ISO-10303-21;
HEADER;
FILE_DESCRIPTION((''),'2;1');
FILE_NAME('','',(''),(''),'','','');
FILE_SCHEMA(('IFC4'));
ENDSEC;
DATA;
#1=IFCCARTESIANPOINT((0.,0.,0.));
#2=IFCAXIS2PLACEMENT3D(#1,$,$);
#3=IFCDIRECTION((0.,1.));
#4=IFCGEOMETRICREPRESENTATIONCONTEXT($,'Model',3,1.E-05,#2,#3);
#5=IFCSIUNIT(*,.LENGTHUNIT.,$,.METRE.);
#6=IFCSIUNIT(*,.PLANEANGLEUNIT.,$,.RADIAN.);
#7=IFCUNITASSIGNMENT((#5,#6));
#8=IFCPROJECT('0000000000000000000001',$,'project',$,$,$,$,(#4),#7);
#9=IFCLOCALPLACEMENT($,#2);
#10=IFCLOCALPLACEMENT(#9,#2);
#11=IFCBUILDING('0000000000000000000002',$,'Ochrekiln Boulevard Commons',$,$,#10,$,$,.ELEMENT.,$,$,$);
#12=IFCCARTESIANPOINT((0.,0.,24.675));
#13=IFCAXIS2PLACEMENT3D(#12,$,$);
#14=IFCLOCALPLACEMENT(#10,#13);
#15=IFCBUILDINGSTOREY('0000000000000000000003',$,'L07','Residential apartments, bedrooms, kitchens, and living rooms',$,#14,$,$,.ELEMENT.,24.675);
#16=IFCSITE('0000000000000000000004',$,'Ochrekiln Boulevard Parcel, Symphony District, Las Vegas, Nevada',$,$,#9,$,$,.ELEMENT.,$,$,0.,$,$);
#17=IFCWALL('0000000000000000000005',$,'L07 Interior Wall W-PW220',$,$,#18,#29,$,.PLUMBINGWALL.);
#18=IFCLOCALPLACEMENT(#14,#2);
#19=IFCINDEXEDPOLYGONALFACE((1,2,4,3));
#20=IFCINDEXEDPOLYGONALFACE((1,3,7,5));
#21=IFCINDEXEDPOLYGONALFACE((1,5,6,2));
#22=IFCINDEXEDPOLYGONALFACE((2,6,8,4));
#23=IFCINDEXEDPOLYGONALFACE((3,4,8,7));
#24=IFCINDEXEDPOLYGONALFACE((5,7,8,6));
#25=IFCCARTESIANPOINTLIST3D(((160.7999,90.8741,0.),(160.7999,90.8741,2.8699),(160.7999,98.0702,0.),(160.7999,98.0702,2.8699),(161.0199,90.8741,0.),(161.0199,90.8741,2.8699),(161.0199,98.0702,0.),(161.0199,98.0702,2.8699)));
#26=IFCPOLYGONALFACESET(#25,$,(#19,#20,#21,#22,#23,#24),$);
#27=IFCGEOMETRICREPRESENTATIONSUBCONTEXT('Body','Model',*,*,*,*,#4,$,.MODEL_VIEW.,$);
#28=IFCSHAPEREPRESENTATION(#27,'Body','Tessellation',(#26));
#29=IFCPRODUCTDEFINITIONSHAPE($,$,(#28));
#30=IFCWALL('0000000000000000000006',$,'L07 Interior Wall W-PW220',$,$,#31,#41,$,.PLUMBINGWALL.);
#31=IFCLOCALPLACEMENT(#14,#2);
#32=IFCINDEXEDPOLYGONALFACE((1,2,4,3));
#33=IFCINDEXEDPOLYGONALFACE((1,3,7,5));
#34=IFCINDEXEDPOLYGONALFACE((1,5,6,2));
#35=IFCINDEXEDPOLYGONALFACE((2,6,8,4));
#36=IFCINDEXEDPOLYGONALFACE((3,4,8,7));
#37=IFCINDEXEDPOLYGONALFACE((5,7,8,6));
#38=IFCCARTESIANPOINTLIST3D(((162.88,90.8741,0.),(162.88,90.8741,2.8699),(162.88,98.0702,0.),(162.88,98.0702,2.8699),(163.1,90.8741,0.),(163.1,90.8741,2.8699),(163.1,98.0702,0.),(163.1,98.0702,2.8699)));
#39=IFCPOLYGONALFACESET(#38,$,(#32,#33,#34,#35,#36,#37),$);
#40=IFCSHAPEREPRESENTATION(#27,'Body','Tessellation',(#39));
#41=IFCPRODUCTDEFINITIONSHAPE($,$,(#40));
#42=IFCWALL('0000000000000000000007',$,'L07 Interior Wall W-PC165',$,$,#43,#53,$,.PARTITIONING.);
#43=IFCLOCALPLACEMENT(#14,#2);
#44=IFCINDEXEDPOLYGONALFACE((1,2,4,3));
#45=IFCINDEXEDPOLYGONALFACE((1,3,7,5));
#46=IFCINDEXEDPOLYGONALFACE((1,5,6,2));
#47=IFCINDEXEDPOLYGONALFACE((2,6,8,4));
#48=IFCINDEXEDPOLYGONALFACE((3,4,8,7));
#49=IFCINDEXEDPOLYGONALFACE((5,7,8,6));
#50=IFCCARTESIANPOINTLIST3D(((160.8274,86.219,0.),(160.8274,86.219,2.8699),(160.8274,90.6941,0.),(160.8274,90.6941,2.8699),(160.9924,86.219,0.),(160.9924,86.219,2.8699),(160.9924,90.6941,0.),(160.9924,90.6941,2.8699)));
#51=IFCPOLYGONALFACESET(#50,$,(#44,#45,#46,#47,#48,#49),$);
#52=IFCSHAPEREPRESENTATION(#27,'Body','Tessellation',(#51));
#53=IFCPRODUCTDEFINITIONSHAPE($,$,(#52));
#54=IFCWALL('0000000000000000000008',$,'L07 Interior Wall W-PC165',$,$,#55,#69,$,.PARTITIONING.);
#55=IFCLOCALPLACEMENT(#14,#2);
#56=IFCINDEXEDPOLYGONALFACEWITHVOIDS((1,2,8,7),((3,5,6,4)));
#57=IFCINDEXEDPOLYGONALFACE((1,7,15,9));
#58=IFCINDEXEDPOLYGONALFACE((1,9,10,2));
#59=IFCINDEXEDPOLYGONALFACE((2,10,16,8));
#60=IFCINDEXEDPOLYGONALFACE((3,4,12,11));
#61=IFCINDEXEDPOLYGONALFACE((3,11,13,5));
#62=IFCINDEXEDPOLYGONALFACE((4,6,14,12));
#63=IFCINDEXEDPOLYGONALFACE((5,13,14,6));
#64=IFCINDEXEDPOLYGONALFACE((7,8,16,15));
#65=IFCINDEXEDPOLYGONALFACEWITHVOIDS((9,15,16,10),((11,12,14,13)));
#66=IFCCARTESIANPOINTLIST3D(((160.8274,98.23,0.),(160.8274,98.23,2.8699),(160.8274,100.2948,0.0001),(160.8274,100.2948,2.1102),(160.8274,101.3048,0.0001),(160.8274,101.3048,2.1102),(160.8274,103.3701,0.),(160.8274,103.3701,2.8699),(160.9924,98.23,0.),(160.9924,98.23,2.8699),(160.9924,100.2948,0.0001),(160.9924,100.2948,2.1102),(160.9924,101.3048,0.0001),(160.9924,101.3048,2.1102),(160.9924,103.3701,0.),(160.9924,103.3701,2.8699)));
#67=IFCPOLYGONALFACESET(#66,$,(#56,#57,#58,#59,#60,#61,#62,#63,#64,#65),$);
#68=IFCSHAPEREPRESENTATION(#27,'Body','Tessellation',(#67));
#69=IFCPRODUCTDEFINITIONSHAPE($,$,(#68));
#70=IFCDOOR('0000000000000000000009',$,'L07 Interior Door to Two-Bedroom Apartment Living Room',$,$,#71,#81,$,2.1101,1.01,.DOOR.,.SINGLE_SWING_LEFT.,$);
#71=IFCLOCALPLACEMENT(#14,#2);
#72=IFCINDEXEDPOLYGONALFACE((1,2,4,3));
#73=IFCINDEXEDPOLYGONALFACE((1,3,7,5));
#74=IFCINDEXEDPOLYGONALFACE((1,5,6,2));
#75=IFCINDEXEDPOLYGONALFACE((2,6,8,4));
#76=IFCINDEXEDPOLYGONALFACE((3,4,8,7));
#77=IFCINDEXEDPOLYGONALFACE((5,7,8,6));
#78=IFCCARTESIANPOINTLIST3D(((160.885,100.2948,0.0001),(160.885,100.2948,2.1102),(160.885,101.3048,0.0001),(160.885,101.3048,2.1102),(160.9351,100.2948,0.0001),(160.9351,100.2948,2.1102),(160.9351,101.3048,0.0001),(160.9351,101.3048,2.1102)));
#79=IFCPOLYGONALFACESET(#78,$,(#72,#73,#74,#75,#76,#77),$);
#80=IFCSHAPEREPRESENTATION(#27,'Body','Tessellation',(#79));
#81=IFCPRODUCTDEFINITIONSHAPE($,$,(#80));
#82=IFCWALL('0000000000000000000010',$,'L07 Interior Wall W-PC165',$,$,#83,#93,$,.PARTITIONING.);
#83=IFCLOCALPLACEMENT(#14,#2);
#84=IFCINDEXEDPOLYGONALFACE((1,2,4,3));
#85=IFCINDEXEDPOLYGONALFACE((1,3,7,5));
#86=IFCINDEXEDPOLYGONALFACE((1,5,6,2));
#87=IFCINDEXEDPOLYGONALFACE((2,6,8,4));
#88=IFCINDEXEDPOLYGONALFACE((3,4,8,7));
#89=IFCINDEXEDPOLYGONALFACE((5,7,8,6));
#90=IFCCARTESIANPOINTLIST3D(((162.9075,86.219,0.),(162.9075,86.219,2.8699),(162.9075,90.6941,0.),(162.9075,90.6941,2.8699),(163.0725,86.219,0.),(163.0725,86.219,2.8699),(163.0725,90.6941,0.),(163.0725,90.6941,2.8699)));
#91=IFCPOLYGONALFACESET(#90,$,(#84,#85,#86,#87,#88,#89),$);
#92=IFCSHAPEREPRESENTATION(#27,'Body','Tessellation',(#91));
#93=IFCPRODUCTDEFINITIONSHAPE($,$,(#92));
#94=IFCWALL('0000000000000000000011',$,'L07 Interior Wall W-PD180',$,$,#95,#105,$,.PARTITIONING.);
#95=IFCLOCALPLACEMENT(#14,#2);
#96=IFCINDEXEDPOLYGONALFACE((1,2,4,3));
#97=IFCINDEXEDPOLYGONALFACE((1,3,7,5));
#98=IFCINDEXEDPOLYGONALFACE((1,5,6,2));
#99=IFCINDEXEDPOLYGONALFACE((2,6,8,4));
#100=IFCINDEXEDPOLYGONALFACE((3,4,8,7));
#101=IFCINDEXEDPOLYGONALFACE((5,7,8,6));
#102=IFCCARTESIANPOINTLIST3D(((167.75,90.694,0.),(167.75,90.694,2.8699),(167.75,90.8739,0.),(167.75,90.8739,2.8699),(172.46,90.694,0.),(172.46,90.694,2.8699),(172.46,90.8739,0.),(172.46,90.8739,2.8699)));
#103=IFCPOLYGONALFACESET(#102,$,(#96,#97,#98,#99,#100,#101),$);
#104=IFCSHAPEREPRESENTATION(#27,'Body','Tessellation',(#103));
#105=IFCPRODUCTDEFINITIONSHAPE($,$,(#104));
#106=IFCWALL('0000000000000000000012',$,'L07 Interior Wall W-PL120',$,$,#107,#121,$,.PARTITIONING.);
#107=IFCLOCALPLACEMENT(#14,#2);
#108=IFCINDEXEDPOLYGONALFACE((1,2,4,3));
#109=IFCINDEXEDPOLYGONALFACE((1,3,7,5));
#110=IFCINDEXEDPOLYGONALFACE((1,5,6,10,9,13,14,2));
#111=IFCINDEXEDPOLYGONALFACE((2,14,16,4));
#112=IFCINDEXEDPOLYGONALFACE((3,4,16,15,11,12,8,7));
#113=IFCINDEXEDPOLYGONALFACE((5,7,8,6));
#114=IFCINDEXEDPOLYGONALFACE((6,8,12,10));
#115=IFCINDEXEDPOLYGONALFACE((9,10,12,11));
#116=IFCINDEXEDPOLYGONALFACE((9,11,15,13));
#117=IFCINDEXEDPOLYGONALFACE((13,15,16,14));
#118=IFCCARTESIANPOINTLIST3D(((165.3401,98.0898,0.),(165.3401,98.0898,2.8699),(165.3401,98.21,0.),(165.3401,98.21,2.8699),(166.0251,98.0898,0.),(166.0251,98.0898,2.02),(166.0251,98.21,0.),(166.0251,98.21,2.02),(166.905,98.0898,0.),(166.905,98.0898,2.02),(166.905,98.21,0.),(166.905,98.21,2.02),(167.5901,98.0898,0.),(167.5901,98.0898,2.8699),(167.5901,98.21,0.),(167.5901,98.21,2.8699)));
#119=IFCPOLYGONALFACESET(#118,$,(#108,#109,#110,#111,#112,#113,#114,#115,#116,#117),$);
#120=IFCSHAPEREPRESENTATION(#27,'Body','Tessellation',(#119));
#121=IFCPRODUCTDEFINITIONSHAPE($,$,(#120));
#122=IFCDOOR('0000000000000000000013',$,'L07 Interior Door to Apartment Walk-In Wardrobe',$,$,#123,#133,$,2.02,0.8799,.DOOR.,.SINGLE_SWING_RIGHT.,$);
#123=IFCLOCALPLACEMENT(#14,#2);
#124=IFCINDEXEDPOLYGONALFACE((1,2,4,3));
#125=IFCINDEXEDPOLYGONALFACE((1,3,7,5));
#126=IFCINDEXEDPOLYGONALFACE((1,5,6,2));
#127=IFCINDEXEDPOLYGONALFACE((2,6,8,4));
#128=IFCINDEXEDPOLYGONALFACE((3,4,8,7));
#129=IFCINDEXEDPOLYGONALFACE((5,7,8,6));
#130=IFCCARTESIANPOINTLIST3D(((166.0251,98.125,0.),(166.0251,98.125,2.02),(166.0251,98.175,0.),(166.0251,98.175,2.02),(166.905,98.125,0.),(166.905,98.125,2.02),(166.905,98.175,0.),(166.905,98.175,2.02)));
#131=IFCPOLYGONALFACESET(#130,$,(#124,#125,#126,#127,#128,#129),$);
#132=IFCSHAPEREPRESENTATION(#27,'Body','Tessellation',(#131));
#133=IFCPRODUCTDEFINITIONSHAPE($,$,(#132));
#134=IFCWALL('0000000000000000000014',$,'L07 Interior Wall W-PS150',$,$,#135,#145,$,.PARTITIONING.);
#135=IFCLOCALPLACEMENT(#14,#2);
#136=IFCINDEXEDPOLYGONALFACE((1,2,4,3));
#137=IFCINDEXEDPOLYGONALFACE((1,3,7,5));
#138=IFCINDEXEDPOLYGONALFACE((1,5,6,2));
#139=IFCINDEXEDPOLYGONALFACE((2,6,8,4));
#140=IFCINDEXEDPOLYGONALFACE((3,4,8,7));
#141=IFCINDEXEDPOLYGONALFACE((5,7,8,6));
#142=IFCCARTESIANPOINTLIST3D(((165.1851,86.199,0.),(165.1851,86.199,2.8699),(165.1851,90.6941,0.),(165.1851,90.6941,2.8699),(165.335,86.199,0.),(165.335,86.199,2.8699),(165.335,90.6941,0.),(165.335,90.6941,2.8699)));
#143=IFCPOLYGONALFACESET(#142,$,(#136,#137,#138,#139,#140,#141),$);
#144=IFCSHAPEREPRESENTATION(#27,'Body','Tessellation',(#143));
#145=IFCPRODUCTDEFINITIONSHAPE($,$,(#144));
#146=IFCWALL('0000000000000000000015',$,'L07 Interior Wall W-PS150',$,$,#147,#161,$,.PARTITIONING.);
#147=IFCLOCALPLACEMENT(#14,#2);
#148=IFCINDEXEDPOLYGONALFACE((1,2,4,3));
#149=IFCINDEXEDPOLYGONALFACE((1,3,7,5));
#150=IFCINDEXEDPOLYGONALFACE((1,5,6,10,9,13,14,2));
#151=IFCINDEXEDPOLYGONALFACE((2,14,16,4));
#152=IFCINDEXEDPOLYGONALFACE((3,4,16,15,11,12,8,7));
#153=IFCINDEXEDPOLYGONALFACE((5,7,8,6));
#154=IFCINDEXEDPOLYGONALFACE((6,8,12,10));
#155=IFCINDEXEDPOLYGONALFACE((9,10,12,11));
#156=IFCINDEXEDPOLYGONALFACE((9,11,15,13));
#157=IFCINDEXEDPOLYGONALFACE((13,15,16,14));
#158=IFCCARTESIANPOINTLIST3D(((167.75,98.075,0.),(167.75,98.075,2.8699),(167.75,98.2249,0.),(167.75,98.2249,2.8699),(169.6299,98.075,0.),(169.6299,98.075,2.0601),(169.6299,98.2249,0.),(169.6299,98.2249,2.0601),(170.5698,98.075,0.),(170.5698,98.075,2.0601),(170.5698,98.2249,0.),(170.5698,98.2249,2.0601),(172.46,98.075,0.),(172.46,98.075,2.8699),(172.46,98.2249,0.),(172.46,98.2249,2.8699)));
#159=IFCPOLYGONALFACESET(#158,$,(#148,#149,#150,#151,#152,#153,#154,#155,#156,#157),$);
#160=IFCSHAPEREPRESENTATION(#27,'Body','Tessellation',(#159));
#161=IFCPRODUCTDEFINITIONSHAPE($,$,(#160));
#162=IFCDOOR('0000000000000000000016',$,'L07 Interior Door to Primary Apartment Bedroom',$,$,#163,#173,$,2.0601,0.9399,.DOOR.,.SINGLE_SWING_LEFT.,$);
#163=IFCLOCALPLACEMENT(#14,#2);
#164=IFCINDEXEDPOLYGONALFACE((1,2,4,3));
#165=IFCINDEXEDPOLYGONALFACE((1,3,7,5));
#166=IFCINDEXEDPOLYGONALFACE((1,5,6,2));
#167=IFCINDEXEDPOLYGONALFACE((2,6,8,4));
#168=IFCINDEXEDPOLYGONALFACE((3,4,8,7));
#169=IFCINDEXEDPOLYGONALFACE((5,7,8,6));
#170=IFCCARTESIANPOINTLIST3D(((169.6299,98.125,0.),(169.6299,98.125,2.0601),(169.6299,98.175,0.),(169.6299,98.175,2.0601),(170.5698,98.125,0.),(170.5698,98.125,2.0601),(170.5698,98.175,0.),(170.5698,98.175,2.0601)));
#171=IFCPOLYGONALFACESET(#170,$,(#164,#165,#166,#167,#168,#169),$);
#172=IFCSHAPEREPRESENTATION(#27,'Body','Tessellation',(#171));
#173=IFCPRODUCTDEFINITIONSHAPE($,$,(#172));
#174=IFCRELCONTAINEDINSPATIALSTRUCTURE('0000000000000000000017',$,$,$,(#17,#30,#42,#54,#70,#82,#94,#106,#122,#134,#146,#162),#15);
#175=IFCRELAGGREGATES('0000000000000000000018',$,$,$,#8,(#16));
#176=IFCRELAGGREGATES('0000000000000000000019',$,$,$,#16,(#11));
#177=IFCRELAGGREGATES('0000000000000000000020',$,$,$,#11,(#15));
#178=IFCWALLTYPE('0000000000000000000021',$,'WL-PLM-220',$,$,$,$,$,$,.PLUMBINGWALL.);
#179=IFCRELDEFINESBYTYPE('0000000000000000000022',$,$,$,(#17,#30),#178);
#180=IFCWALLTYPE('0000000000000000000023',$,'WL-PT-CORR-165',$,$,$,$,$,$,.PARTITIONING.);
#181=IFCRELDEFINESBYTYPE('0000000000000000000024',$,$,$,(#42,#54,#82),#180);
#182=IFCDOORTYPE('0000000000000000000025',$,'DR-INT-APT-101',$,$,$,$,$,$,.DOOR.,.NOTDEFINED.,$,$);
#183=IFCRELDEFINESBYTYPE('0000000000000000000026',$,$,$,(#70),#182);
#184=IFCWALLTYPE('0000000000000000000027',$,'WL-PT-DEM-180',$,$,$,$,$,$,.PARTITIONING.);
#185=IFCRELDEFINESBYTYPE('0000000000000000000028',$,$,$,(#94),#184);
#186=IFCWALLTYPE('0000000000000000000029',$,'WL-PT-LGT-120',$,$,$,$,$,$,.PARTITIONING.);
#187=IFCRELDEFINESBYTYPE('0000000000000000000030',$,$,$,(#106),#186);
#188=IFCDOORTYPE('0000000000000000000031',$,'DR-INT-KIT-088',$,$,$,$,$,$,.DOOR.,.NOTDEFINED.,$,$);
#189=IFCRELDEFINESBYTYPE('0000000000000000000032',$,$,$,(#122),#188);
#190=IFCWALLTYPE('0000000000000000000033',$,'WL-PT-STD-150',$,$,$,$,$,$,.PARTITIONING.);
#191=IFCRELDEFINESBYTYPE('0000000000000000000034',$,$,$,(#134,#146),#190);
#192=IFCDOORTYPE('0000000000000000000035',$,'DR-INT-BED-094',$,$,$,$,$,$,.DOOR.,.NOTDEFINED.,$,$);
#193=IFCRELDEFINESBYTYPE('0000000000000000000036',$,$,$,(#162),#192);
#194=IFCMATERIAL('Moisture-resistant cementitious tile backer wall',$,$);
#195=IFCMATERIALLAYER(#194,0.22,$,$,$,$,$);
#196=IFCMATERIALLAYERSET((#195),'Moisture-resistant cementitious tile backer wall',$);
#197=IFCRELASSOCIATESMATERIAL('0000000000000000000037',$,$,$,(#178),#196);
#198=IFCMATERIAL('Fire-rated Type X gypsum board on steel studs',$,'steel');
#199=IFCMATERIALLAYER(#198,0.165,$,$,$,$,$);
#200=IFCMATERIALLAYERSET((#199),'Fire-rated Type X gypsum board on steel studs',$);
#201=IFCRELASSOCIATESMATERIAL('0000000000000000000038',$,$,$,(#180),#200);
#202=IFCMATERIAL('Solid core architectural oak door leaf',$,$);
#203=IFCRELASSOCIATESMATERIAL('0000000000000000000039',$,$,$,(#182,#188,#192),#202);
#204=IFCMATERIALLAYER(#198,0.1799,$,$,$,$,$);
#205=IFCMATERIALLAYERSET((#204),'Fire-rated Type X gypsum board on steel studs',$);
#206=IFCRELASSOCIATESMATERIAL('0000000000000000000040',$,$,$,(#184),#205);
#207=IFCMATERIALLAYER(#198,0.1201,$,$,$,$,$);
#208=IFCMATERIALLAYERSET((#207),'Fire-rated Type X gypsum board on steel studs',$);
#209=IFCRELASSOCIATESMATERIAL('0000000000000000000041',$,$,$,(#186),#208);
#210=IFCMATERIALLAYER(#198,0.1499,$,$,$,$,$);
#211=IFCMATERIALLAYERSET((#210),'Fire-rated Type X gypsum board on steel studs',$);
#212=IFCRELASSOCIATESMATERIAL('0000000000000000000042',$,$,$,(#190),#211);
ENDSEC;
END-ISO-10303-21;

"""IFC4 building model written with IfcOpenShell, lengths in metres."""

from ifc_helpers import new_model, si_unit, direction, frame, frame_2d, origin, place, context, subcontext, project, spatial, rectangle, extrude, material, layer, layer_set, type_object, element, fill, save


model = new_model("IFC4")

# Units and contexts
model_context = context("Model", 3, precision=1e-05, world=origin(), true_north=direction((0.0, 1.0)))
body_context = subcontext(model_context, "Body", "Model", "MODEL_VIEW")
ifc_project = project(units=[si_unit("LENGTHUNIT", "METRE"), si_unit("PLANEANGLEUNIT", "RADIAN")], contexts=[model_context])

# Site, building, storey
site_placement = place(None, origin())
site = spatial("IfcSite", under=ifc_project, at=site_placement, Name="Ochrekiln Boulevard Parcel, Symphony District, Las Vegas, Nevada", CompositionType="ELEMENT", RefElevation=0.0)
building_placement = place(site_placement, origin())
building = spatial("IfcBuilding", under=site, at=building_placement, Name="Ochrekiln Boulevard Commons", CompositionType="ELEMENT")
storey_placement = place(building_placement, frame((0.0, 0.0, 24.675)))
storey = spatial("IfcBuildingStorey", under=building, at=storey_placement, Name="L07", Description="Residential apartments, bedrooms, kitchens, and living rooms", CompositionType="ELEMENT", Elevation=24.675)

# Shared definitions
ifc_material_1 = material(Name="Moisture-resistant cementitious tile backer wall")

# Shared definitions
ifc_material_2 = material(Name="Solid core architectural oak door leaf")

# Walls
ifc_layer_1 = layer(ifc_material_1, 0.22)
ifc_layer_set_1 = layer_set([ifc_layer_1], Name="Moisture-resistant cementitious tile backer wall")
wall_type_1 = type_object("IfcWallType", Name="WL-PLM-220", PredefinedType="PLUMBINGWALL", material=ifc_layer_set_1)
for number, where, z_axis, x_axis, name in (
    (1, (160.9099, 90.874, 0.0), (0.0, 0.0, 1.0), (0.0, 1.0, 0.0), "L07 Interior Wall W-PW220"),
    (2, (162.99, 90.874, 0.0), (0.0, 0.0, 1.0), (0.0, 1.0, 0.0), "L07 Interior Wall W-PW220"),
):
    element("IfcWall", number, at=place(storey_placement, frame(where, z_axis=z_axis, x_axis=x_axis)), inside=storey, type_object=wall_type_1, Name=name, PredefinedType="PLUMBINGWALL", context=body_context, shape_type="SweptSolid", body=[
        extrude(rectangle(XDim=7.196, YDim=0.22, at=frame_2d((3.5981, 0.0))), origin(), (0.0, 0.0, 1.0), 2.8699),
    ])
ifc_material_3 = material(Name="Fire-rated Type X gypsum board on steel studs", Category="steel")
ifc_layer_2 = layer(ifc_material_3, 0.165)
ifc_layer_set_2 = layer_set([ifc_layer_2], Name="Fire-rated Type X gypsum board on steel studs")
wall_type_2 = type_object("IfcWallType", Name="WL-PT-CORR-165", PredefinedType="PARTITIONING", material=ifc_layer_set_2)
wall_1_placement = place(storey_placement, frame((160.9099, 86.219, 0.0), z_axis=(0.0, 0.0, 1.0), x_axis=(0.0, 1.0, 0.0)))
element("IfcWall", 3, at=wall_1_placement, inside=storey, type_object=wall_type_2, Name="L07 Interior Wall W-PC165", PredefinedType="PARTITIONING", context=body_context, shape_type="SweptSolid", body=[
    extrude(rectangle(XDim=4.4751, YDim=0.165, at=frame_2d((2.2375, 0.0))), origin(), (0.0, 0.0, 1.0), 2.8699),
])

# Wall, opening, door
wall_2_placement = place(storey_placement, frame((160.9099, 98.23, 0.0), z_axis=(0.0, 0.0, 1.0), x_axis=(0.0, 1.0, 0.0)))
wall_2 = element("IfcWall", 4, at=wall_2_placement, inside=storey, type_object=wall_type_2, Name="L07 Interior Wall W-PC165", PredefinedType="PARTITIONING", context=body_context, shape_type="SweptSolid", body=[
    extrude(rectangle(XDim=5.1401, YDim=0.165, at=frame_2d((2.5701, 0.0))), origin(), (0.0, 0.0, 1.0), 2.8699),
])
opening_1_placement = place(wall_2_placement, frame((2.0649, 0.0, 0.0)))
opening_1 = element("IfcOpeningElement", 5, at=opening_1_placement, cuts=wall_2, PredefinedType="OPENING", context=body_context, shape_type="SweptSolid", body=[
    extrude(rectangle(XDim=1.01, YDim=2.1101, at=frame_2d((0.5049, 1.0552))), frame((0.0, 0.0925, 0.0), z_axis=(0.0, -1.0, 0.0), x_axis=(1.0, 0.0, 0.0)), (0.0, 0.0, 1.0), 0.1851),
])
door_type_1 = type_object("IfcDoorType", Name="DR-INT-APT-101", OperationType="NOTDEFINED", PredefinedType="DOOR", material=ifc_material_2)
door_1_placement = place(opening_1_placement, origin())
door_1 = element("IfcDoor", 6, at=door_1_placement, inside=storey, type_object=door_type_1, Name="L07 Interior Door to Two-Bedroom Apartment Living Room", OperationType="SINGLE_SWING_LEFT", OverallHeight=2.1101, OverallWidth=1.01, PredefinedType="DOOR", context=body_context, shape_type="SweptSolid", body=[
    extrude(rectangle(XDim=1.01, YDim=2.1101, at=frame_2d((0.5049, 1.0552))), frame((0.0, 0.0249, 0.0), z_axis=(0.0, -1.0, 0.0), x_axis=(1.0, 0.0, 0.0)), (0.0, 0.0, 1.0), 0.05),
])
fill(opening_1, door_1)

# Walls
wall_3_placement = place(storey_placement, frame((162.99, 86.219, 0.0), z_axis=(0.0, 0.0, 1.0), x_axis=(0.0, 1.0, 0.0)))
element("IfcWall", 7, at=wall_3_placement, inside=storey, type_object=wall_type_2, Name="L07 Interior Wall W-PC165", PredefinedType="PARTITIONING", context=body_context, shape_type="SweptSolid", body=[
    extrude(rectangle(XDim=4.4751, YDim=0.165, at=frame_2d((2.2375, 0.0))), origin(), (0.0, 0.0, 1.0), 2.8699),
])
ifc_layer_3 = layer(ifc_material_3, 0.1799)
ifc_layer_set_3 = layer_set([ifc_layer_3], Name="Fire-rated Type X gypsum board on steel studs")
wall_type_3 = type_object("IfcWallType", Name="WL-PT-DEM-180", PredefinedType="PARTITIONING", material=ifc_layer_set_3)
wall_4_placement = place(storey_placement, frame((167.75, 90.7839, 0.0), z_axis=(0.0, 0.0, 1.0), x_axis=(1.0, 0.0, 0.0)))
element("IfcWall", 8, at=wall_4_placement, inside=storey, type_object=wall_type_3, Name="L07 Interior Wall W-PD180", PredefinedType="PARTITIONING", context=body_context, shape_type="SweptSolid", body=[
    extrude(rectangle(XDim=4.71, YDim=0.1799, at=frame_2d((2.355, 0.0))), origin(), (0.0, 0.0, 1.0), 2.8699),
])

# Wall, opening, door
ifc_layer_4 = layer(ifc_material_3, 0.1201)
ifc_layer_set_4 = layer_set([ifc_layer_4], Name="Fire-rated Type X gypsum board on steel studs")
wall_type_4 = type_object("IfcWallType", Name="WL-PT-LGT-120", PredefinedType="PARTITIONING", material=ifc_layer_set_4)
wall_5_placement = place(storey_placement, frame((165.3401, 98.1499, 0.0), z_axis=(0.0, 0.0, 1.0), x_axis=(1.0, 0.0, 0.0)))
wall_5 = element("IfcWall", 9, at=wall_5_placement, inside=storey, type_object=wall_type_4, Name="L07 Interior Wall W-PL120", PredefinedType="PARTITIONING", context=body_context, shape_type="SweptSolid", body=[
    extrude(rectangle(XDim=2.25, YDim=0.1201, at=frame_2d((1.125, 0.0))), origin(), (0.0, 0.0, 1.0), 2.8699),
])
opening_2_placement = place(wall_5_placement, frame((0.6851, 0.0, 0.0)))
opening_2 = element("IfcOpeningElement", 10, at=opening_2_placement, cuts=wall_5, PredefinedType="OPENING", context=body_context, shape_type="SweptSolid", body=[
    extrude(rectangle(XDim=0.8799, YDim=2.02, at=frame_2d((0.4399, 1.01))), frame((0.0, 0.0701, 0.0), z_axis=(0.0, -1.0, 0.0), x_axis=(1.0, 0.0, 0.0)), (0.0, 0.0, 1.0), 0.1401),
])
door_type_2 = type_object("IfcDoorType", Name="DR-INT-KIT-088", OperationType="NOTDEFINED", PredefinedType="DOOR", material=ifc_material_2)
door_2_placement = place(opening_2_placement, frame((0.8799, 0.0, 0.0), z_axis=(0.0, 0.0, 1.0), x_axis=(-1.0, 0.0, 0.0)))
door_2 = element("IfcDoor", 11, at=door_2_placement, inside=storey, type_object=door_type_2, Name="L07 Interior Door to Apartment Walk-In Wardrobe", OperationType="SINGLE_SWING_RIGHT", OverallHeight=2.02, OverallWidth=0.8799, PredefinedType="DOOR", context=body_context, shape_type="SweptSolid", body=[
    extrude(rectangle(XDim=0.8799, YDim=2.02, at=frame_2d((0.4399, 1.01))), frame((0.0, 0.0249, 0.0), z_axis=(0.0, -1.0, 0.0), x_axis=(1.0, 0.0, 0.0)), (0.0, 0.0, 1.0), 0.05),
])
fill(opening_2, door_2)

# Wall
ifc_layer_5 = layer(ifc_material_3, 0.1499)
ifc_layer_set_5 = layer_set([ifc_layer_5], Name="Fire-rated Type X gypsum board on steel studs")
wall_type_5 = type_object("IfcWallType", Name="WL-PT-STD-150", PredefinedType="PARTITIONING", material=ifc_layer_set_5)
wall_6_placement = place(storey_placement, frame((165.26, 86.199, 0.0), z_axis=(0.0, 0.0, 1.0), x_axis=(0.0, 1.0, 0.0)))
element("IfcWall", 12, at=wall_6_placement, inside=storey, type_object=wall_type_5, Name="L07 Interior Wall W-PS150", PredefinedType="PARTITIONING", context=body_context, shape_type="SweptSolid", body=[
    extrude(rectangle(XDim=4.4951, YDim=0.1499, at=frame_2d((2.2476, 0.0))), origin(), (0.0, 0.0, 1.0), 2.8699),
])

# Wall, opening, door
wall_7_placement = place(storey_placement, frame((167.75, 98.1499, 0.0), z_axis=(0.0, 0.0, 1.0), x_axis=(1.0, 0.0, 0.0)))
wall_7 = element("IfcWall", 13, at=wall_7_placement, inside=storey, type_object=wall_type_5, Name="L07 Interior Wall W-PS150", PredefinedType="PARTITIONING", context=body_context, shape_type="SweptSolid", body=[
    extrude(rectangle(XDim=4.71, YDim=0.1499, at=frame_2d((2.355, 0.0))), origin(), (0.0, 0.0, 1.0), 2.8699),
])
opening_3_placement = place(wall_7_placement, frame((1.8799, 0.0, 0.0)))
opening_3 = element("IfcOpeningElement", 14, at=opening_3_placement, cuts=wall_7, PredefinedType="OPENING", context=body_context, shape_type="SweptSolid", body=[
    extrude(rectangle(XDim=0.9399, YDim=2.0601, at=frame_2d((0.47, 1.03))), frame((0.0, 0.085, 0.0), z_axis=(0.0, -1.0, 0.0), x_axis=(1.0, 0.0, 0.0)), (0.0, 0.0, 1.0), 0.1699),
])
door_type_3 = type_object("IfcDoorType", Name="DR-INT-BED-094", OperationType="NOTDEFINED", PredefinedType="DOOR", material=ifc_material_2)
door_3_placement = place(opening_3_placement, frame((0.9399, 0.0, 0.0), z_axis=(0.0, 0.0, 1.0), x_axis=(-1.0, 0.0, 0.0)))
door_3 = element("IfcDoor", 15, at=door_3_placement, inside=storey, type_object=door_type_3, Name="L07 Interior Door to Primary Apartment Bedroom", OperationType="SINGLE_SWING_LEFT", OverallHeight=2.0601, OverallWidth=0.9399, PredefinedType="DOOR", context=body_context, shape_type="SweptSolid", body=[
    extrude(rectangle(XDim=0.9399, YDim=2.0601, at=frame_2d((0.47, 1.03))), frame((0.0, 0.0249, 0.0), z_axis=(0.0, -1.0, 0.0), x_axis=(1.0, 0.0, 0.0)), (0.0, 0.0, 1.0), 0.05),
])
fill(opening_3, door_3)

save(model, "model.ifc")
